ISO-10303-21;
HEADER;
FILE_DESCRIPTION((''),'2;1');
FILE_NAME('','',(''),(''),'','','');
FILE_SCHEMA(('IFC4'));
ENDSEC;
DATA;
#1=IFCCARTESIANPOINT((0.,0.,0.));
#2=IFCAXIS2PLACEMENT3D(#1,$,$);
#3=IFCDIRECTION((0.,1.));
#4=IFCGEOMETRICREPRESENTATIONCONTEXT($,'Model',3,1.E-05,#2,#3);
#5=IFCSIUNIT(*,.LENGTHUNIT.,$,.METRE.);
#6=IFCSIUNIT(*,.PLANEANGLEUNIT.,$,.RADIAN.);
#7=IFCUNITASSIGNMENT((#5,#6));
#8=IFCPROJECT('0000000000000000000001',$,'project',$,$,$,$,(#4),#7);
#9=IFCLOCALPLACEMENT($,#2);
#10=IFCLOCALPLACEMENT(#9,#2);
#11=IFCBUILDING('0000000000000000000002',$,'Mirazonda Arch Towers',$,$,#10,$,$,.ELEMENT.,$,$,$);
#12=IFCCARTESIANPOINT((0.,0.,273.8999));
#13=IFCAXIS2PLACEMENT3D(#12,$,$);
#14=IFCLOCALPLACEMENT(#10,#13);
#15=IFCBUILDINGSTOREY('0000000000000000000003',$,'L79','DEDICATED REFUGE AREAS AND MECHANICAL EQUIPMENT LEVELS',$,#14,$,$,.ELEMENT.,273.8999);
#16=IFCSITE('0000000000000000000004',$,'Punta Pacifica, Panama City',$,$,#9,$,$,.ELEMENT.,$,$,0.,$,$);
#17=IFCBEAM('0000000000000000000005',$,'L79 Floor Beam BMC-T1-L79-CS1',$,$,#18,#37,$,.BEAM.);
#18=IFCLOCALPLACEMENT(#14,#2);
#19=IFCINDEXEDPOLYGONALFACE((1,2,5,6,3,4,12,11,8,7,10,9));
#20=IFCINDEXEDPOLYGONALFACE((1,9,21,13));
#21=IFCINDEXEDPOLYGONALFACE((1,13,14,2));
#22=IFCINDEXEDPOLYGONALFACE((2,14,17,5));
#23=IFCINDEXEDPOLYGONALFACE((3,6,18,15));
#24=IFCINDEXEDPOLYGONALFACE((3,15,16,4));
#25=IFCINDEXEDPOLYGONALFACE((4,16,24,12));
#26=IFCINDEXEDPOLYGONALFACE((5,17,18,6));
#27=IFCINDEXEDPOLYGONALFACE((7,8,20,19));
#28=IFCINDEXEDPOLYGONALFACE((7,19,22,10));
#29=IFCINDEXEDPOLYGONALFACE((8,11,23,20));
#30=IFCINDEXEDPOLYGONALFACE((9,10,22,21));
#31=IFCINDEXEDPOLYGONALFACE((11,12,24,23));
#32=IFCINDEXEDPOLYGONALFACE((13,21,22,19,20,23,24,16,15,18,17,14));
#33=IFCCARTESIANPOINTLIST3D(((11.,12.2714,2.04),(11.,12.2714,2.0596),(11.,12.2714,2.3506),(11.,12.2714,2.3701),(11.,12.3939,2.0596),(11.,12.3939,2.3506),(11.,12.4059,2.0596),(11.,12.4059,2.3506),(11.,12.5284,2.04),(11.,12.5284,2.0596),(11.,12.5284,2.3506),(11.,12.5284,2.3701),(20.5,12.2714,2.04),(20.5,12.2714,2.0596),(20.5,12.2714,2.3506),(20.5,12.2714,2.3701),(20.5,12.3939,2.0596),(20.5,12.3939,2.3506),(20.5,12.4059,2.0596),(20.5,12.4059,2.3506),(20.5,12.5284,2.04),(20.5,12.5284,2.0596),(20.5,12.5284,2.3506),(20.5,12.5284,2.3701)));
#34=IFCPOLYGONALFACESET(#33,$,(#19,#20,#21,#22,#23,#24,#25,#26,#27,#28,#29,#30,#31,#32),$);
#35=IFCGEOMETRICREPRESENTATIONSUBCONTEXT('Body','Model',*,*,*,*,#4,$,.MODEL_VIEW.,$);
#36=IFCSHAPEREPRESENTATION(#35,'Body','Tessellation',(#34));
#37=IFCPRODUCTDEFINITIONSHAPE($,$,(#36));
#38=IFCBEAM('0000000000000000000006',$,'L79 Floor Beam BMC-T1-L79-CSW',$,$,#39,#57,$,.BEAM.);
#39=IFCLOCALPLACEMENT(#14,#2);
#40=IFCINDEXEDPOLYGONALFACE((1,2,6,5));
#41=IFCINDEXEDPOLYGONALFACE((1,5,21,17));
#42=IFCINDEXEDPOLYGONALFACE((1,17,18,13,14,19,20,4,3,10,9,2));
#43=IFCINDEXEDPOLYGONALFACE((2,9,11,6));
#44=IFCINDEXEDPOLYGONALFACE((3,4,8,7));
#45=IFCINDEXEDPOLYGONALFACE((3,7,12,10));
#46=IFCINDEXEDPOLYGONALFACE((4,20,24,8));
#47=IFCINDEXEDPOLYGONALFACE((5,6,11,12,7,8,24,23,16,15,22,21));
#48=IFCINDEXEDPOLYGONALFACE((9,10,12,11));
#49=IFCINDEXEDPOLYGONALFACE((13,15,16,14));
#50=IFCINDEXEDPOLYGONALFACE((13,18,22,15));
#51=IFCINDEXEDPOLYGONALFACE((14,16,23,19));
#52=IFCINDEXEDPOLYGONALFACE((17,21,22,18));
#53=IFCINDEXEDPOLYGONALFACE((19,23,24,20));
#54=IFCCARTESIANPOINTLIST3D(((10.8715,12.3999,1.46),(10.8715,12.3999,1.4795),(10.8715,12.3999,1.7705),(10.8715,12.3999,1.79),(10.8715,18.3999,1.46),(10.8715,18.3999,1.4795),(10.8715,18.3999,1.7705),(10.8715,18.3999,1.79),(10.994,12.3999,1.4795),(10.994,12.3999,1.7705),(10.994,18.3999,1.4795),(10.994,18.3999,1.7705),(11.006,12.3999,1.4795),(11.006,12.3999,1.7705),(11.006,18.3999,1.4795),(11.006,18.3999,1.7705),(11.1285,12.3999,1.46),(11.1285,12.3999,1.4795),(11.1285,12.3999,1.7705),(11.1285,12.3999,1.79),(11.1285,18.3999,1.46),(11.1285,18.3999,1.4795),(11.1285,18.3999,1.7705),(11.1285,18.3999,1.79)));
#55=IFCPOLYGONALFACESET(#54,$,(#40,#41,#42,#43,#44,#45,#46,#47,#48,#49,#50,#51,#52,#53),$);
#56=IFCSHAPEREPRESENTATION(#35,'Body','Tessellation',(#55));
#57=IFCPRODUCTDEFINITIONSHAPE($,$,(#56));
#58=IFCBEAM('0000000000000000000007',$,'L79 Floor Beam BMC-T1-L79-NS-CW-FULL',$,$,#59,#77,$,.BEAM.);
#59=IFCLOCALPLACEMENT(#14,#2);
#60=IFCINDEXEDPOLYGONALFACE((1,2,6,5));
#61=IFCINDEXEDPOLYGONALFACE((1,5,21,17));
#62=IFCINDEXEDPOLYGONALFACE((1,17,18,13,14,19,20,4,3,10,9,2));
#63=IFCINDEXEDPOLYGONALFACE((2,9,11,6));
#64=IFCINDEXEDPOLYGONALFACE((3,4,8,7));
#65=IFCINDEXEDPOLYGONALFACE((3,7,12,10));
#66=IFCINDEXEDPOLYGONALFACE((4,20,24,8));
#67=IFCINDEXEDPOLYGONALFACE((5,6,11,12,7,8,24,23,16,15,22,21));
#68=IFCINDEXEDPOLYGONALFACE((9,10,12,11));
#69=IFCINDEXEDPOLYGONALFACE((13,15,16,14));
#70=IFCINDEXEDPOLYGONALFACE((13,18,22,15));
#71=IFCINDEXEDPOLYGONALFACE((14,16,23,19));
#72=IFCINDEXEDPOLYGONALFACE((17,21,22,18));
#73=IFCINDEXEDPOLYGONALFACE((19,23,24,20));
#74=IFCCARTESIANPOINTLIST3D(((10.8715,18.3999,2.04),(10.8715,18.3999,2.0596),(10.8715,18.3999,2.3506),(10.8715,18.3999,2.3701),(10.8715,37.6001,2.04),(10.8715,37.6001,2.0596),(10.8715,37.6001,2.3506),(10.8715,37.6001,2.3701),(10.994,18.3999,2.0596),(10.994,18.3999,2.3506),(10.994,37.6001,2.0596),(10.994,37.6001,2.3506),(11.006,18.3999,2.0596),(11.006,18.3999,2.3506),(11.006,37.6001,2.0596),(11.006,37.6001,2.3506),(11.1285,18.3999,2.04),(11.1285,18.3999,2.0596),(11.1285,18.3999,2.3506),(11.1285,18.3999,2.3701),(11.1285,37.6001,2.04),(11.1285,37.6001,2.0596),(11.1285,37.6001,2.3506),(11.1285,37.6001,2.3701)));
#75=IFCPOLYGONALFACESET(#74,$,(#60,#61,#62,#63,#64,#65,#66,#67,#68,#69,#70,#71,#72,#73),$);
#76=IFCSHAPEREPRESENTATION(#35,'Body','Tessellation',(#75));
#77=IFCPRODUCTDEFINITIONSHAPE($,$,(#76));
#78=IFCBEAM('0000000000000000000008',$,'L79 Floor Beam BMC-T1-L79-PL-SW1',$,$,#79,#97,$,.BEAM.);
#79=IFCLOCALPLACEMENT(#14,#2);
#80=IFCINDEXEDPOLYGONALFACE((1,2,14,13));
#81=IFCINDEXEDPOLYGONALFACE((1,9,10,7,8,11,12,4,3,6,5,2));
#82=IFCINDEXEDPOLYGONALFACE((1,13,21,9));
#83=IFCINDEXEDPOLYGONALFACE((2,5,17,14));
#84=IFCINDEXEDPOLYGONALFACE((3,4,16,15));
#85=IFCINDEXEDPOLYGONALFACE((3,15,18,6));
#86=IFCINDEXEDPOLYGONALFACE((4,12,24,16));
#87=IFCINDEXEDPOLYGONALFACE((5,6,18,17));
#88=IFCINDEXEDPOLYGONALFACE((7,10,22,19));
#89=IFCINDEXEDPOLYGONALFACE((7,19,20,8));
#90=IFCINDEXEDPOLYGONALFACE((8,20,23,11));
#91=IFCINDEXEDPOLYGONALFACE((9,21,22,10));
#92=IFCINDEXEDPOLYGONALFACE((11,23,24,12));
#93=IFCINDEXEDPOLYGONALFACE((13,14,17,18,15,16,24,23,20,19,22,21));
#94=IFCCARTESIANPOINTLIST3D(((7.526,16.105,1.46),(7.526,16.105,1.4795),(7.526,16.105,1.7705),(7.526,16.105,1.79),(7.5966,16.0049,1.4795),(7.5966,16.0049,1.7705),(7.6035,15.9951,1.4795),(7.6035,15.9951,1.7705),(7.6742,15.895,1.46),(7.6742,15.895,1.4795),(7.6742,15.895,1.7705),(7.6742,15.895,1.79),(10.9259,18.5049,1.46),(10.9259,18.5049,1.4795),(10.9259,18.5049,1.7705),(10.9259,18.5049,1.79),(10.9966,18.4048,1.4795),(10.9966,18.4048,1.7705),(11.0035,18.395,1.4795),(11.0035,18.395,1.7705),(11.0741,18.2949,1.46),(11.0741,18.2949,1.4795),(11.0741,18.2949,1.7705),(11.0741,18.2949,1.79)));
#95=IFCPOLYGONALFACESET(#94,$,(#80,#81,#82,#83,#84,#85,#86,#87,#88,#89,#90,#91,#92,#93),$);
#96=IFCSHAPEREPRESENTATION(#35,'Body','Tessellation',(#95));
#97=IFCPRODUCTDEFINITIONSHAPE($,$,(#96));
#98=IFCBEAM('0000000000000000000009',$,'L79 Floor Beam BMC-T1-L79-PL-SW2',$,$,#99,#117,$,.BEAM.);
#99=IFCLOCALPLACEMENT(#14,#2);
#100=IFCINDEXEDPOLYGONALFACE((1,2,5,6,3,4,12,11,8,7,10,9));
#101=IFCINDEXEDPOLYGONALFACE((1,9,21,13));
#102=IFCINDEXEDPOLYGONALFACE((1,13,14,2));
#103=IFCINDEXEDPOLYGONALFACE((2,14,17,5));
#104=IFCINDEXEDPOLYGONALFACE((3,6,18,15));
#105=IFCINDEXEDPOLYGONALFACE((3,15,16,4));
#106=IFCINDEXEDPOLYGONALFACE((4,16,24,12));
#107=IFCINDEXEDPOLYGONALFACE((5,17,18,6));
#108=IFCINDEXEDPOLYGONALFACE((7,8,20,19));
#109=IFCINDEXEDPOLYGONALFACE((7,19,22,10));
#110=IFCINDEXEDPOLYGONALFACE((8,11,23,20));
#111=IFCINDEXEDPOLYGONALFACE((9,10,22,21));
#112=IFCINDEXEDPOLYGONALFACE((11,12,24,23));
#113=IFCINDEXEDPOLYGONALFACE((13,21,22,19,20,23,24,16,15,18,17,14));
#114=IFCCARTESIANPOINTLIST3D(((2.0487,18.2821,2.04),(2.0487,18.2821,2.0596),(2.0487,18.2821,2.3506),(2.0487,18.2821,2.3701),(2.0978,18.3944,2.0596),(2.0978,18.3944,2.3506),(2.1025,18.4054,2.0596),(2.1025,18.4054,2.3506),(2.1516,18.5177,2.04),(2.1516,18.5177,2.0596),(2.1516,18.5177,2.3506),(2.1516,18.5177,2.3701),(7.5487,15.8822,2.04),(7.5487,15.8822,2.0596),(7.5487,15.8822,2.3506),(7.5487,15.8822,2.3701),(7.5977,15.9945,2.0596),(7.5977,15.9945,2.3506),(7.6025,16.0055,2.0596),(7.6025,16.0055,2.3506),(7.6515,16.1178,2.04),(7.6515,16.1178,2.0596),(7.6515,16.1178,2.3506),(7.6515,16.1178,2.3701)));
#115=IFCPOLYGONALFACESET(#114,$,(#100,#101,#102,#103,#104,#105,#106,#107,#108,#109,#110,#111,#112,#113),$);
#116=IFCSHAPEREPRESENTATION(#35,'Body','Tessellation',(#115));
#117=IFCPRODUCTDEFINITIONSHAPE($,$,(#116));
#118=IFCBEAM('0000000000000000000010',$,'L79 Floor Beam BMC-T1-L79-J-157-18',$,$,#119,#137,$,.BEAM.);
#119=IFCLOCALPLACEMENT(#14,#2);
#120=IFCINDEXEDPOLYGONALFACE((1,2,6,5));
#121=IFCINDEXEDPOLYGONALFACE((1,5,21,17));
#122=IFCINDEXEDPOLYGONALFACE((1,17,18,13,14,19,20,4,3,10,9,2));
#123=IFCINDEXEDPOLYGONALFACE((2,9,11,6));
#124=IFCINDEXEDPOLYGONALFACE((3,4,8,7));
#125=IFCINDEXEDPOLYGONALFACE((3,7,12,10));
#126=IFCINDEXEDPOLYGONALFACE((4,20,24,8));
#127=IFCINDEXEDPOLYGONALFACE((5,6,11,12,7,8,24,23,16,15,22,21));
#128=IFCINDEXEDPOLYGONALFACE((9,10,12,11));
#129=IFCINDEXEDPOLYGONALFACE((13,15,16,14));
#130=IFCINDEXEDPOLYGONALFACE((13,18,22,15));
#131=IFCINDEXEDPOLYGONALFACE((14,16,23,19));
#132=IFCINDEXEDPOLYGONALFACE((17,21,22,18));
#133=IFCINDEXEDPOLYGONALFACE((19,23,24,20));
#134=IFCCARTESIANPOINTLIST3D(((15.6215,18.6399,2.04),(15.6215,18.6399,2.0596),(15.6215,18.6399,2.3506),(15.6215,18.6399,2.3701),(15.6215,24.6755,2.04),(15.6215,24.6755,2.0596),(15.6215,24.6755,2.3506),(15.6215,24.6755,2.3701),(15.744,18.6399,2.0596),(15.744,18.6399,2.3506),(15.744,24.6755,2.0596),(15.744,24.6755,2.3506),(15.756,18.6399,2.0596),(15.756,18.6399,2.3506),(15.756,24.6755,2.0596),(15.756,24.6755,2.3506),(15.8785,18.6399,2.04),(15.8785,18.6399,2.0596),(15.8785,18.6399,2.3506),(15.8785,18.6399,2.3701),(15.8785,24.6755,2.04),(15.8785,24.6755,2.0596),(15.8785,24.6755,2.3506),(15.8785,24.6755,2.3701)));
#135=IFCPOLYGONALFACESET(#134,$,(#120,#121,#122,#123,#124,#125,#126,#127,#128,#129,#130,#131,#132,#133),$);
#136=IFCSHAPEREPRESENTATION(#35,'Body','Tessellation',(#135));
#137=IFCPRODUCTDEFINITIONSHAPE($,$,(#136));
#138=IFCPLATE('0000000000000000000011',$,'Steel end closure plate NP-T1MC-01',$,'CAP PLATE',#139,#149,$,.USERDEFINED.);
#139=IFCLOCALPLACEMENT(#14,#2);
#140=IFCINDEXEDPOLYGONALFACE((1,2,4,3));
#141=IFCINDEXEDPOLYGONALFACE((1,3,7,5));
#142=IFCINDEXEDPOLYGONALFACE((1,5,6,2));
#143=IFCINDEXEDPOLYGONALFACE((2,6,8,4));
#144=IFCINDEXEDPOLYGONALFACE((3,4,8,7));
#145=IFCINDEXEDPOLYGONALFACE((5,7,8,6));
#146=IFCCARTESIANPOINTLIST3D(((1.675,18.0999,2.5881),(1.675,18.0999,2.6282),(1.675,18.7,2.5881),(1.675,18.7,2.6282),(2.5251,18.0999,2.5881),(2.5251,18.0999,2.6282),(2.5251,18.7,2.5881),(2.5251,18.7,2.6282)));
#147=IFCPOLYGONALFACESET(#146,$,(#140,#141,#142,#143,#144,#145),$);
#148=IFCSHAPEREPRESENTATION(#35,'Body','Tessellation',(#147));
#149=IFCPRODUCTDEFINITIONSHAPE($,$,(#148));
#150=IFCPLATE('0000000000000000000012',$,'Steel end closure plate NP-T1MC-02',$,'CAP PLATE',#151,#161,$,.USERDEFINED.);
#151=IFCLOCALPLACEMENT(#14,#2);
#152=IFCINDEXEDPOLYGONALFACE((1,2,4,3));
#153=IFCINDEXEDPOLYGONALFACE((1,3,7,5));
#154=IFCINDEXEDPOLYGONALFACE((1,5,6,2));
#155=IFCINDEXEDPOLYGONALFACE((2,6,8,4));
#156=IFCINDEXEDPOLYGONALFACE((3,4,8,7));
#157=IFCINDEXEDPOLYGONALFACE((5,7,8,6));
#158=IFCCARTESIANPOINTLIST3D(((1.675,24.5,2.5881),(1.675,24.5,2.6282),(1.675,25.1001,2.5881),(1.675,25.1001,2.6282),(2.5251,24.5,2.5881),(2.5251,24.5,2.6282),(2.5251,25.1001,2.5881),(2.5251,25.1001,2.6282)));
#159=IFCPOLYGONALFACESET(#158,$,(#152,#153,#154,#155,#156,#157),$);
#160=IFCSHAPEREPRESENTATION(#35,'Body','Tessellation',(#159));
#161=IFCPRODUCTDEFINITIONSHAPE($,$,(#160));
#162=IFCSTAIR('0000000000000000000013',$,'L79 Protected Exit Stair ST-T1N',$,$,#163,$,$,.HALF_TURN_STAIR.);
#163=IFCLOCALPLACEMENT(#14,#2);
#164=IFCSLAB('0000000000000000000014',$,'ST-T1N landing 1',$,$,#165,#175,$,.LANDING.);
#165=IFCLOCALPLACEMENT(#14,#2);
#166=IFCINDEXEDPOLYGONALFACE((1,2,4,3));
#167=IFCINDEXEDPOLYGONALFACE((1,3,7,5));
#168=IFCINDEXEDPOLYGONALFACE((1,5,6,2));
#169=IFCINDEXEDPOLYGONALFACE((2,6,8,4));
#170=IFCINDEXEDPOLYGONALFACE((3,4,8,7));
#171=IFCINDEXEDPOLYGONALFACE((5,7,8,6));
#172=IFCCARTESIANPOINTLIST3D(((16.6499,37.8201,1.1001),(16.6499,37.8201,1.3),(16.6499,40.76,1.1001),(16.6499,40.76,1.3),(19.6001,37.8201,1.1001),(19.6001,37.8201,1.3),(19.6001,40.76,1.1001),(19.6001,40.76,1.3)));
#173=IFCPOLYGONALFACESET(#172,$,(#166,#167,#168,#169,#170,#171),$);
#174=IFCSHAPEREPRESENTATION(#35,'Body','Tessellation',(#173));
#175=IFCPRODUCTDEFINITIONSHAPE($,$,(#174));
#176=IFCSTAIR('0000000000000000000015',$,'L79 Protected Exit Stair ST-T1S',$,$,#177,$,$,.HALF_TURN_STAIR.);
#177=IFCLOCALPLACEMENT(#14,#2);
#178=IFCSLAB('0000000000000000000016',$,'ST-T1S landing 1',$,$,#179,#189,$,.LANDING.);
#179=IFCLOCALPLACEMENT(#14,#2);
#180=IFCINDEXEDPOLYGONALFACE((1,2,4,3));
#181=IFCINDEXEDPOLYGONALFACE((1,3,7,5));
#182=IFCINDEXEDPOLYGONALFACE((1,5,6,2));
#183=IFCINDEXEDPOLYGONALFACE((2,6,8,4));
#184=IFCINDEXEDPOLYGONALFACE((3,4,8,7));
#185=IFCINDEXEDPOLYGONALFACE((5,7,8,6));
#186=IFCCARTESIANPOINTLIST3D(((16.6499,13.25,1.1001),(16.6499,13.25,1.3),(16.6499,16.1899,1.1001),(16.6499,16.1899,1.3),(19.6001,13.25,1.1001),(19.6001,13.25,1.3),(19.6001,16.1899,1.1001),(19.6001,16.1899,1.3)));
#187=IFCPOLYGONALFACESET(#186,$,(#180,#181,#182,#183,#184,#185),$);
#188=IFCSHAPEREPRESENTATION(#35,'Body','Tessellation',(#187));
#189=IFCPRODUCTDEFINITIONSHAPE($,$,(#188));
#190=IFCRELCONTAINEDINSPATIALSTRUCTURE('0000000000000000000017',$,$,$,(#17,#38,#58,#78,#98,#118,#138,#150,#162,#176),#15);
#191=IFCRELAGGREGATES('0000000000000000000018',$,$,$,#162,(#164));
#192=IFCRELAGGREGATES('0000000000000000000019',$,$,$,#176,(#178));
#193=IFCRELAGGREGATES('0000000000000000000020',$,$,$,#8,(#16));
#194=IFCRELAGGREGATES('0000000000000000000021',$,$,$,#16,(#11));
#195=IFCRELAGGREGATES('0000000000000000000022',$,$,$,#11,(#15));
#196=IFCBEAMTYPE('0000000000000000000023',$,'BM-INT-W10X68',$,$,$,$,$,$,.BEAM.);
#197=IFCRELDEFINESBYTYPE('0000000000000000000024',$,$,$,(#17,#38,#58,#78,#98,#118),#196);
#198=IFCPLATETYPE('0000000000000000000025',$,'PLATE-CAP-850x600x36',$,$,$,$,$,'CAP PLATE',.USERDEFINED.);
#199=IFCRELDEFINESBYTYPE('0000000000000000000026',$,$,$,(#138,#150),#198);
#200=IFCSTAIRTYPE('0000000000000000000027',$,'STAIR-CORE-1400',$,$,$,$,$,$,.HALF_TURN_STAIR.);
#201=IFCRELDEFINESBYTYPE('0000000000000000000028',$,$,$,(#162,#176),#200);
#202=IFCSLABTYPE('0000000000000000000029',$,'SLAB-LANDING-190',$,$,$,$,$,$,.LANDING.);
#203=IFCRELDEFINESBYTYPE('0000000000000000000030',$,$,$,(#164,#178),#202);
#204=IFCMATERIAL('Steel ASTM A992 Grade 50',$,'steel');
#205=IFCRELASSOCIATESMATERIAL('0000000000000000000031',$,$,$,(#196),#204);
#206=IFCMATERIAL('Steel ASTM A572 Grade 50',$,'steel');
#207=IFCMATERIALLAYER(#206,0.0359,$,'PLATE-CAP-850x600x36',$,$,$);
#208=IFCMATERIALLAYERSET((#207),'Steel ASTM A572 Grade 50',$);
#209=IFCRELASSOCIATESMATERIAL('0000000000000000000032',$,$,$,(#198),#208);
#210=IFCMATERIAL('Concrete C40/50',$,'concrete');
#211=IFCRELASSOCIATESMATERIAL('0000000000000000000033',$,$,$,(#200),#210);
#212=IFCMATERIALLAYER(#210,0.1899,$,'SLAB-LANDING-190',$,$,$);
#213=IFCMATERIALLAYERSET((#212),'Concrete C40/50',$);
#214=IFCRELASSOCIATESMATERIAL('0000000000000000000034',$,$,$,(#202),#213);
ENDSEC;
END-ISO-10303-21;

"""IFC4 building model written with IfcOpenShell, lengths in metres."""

from ifc_helpers import new_model, si_unit, direction, frame, origin, origin_2d, place, context, subcontext, project, spatial, polyline, rectangle, i_section, outline, extrude, material, layer, layer_set, material_profile, profile_set, type_object, element, aggregate, save


model = new_model("IFC4")

# Units and contexts
model_context = context("Model", 3, precision=1e-05, world=origin(), true_north=direction((0.0, 1.0)))
body_context = subcontext(model_context, "Body", "Model", "MODEL_VIEW")
ifc_project = project(units=[si_unit("LENGTHUNIT", "METRE"), si_unit("PLANEANGLEUNIT", "RADIAN")], contexts=[model_context])

# Site, building, storey
site_placement = place(None, origin())
site = spatial("IfcSite", under=ifc_project, at=site_placement, Name="Punta Pacifica, Panama City", CompositionType="ELEMENT", RefElevation=0.0)
building_placement = place(site_placement, origin())
building = spatial("IfcBuilding", under=site, at=building_placement, Name="Mirazonda Arch Towers", CompositionType="ELEMENT")
storey_placement = place(building_placement, frame((0.0, 0.0, 273.8999)))
storey = spatial("IfcBuildingStorey", under=building, at=storey_placement, Name="L79", Description="DEDICATED REFUGE AREAS AND MECHANICAL EQUIPMENT LEVELS", CompositionType="ELEMENT", Elevation=273.8999)

# Shared definitions
ifc_material_1 = material(Name="Steel ASTM A572 Grade 50", Category="steel")

# Beams
ifc_material_2 = material(Name="Steel ASTM A992 Grade 50", Category="steel")
ifc_material_profile_1 = material_profile(ifc_material_2, i_section(OverallWidth=0.2571, OverallDepth=0.3301, WebThickness=0.012, FlangeThickness=0.0195, at=origin_2d()), Name="W10X68")
ifc_profile_set_1 = profile_set([ifc_material_profile_1], Name="Steel ASTM A992 Grade 50")
beam_type_1 = type_object("IfcBeamType", Name="BM-INT-W10X68", PredefinedType="BEAM", material=ifc_profile_set_1)
beam_1_placement = place(storey_placement, frame((11.0, 12.3999, 2.2051), z_axis=(1.0, 0.0, 0.0), x_axis=(0.0, 1.0, 0.0)))
element("IfcBeam", 1, at=beam_1_placement, inside=storey, type_object=beam_type_1, Name="L79 Floor Beam BMC-T1-L79-CS1", PredefinedType="BEAM", context=body_context, shape_type="SweptSolid", body=[
    extrude(i_section(OverallWidth=0.2571, OverallDepth=0.3301, WebThickness=0.012, FlangeThickness=0.0195, at=origin_2d()), origin(), (0.0, 0.0, 1.0), 9.5),
])
beam_2_placement = place(storey_placement, frame((11.0, 12.3999, 1.625), z_axis=(0.0, 1.0, 0.0), x_axis=(-1.0, 0.0, 0.0)))
element("IfcBeam", 2, at=beam_2_placement, inside=storey, type_object=beam_type_1, Name="L79 Floor Beam BMC-T1-L79-CSW", PredefinedType="BEAM", context=body_context, shape_type="SweptSolid", body=[
    extrude(i_section(OverallWidth=0.2571, OverallDepth=0.3301, WebThickness=0.012, FlangeThickness=0.0195, at=origin_2d()), origin(), (0.0, 0.0, 1.0), 6.0),
])
beam_3_placement = place(storey_placement, frame((11.0, 18.3999, 2.2051), z_axis=(0.0, 1.0, 0.0), x_axis=(-1.0, 0.0, 0.0)))
element("IfcBeam", 3, at=beam_3_placement, inside=storey, type_object=beam_type_1, Name="L79 Floor Beam BMC-T1-L79-NS-CW-FULL", PredefinedType="BEAM", context=body_context, shape_type="SweptSolid", body=[
    extrude(i_section(OverallWidth=0.2571, OverallDepth=0.3301, WebThickness=0.012, FlangeThickness=0.0195, at=origin_2d()), origin(), (0.0, 0.0, 1.0), 19.2002),
])
beam_4_placement = place(storey_placement, frame((7.6001, 16.0, 1.625), z_axis=(0.816971, 0.576679, 0.0), x_axis=(-0.576679, 0.816971, 0.0)))
element("IfcBeam", 4, at=beam_4_placement, inside=storey, type_object=beam_type_1, Name="L79 Floor Beam BMC-T1-L79-PL-SW1", PredefinedType="BEAM", context=body_context, shape_type="SweptSolid", body=[
    extrude(i_section(OverallWidth=0.2571, OverallDepth=0.3301, WebThickness=0.012, FlangeThickness=0.0195, at=origin_2d()), origin(), (0.0, 0.0, 1.0), 4.1616),
])
beam_5_placement = place(storey_placement, frame((7.6001, 16.0, 2.2051), z_axis=(-0.916545, 0.399931, 0.0), x_axis=(-0.399931, -0.916545, 0.0)))
element("IfcBeam", 5, at=beam_5_placement, inside=storey, type_object=beam_type_1, Name="L79 Floor Beam BMC-T1-L79-PL-SW2", PredefinedType="BEAM", context=body_context, shape_type="SweptSolid", body=[
    extrude(i_section(OverallWidth=0.2571, OverallDepth=0.3301, WebThickness=0.012, FlangeThickness=0.0195, at=origin_2d()), origin(), (0.0, 0.0, 1.0), 6.0007),
])
beam_6_placement = place(storey_placement, frame((15.75, 18.6399, 2.2051), z_axis=(0.0, 1.0, 0.0), x_axis=(-1.0, 0.0, 0.0)))
element("IfcBeam", 6, at=beam_6_placement, inside=storey, type_object=beam_type_1, Name="L79 Floor Beam BMC-T1-L79-J-157-18", PredefinedType="BEAM", context=body_context, shape_type="SweptSolid", body=[
    extrude(i_section(OverallWidth=0.2571, OverallDepth=0.3301, WebThickness=0.012, FlangeThickness=0.0195, at=origin_2d()), origin(), (0.0, 0.0, 1.0), 6.0356),
])

# Plates
ifc_layer_1 = layer(ifc_material_1, 0.0359, Name="PLATE-CAP-850x600x36")
ifc_layer_set_1 = layer_set([ifc_layer_1], Name="Steel ASTM A572 Grade 50")
plate_type = type_object("IfcPlateType", Name="PLATE-CAP-850x600x36", ElementType="CAP PLATE", PredefinedType="USERDEFINED", material=ifc_layer_set_1)
for number, where, z_axis, x_axis, name in (
    (7, (2.1001, 18.3999, 2.5881), (0.0, 0.0, 1.0), (1.0, 0.0, 0.0), "Steel end closure plate NP-T1MC-01"),
    (8, (2.1001, 24.8, 2.5881), (0.0, 0.0, 1.0), (1.0, 0.0, 0.0), "Steel end closure plate NP-T1MC-02"),
):
    element("IfcPlate", number, at=place(storey_placement, frame(where, z_axis=z_axis, x_axis=x_axis)), inside=storey, type_object=plate_type, Name=name, ObjectType="CAP PLATE", PredefinedType="USERDEFINED", context=body_context, shape_type="SweptSolid", body=[
        extrude(rectangle(XDim=0.8501, YDim=0.6001, at=origin_2d()), origin(), (0.0, 0.0, 1.0), 0.04),
    ])

# Stairs, slabs
ifc_material_3 = material(Name="Concrete C40/50", Category="concrete")
stair_type = type_object("IfcStairType", Name="STAIR-CORE-1400", PredefinedType="HALF_TURN_STAIR", material=ifc_material_3)
stair_1_placement = place(storey_placement, origin())
stair_1 = element("IfcStair", 9, at=stair_1_placement, inside=storey, type_object=stair_type, Name="L79 Protected Exit Stair ST-T1N", PredefinedType="HALF_TURN_STAIR")
ifc_layer_2 = layer(ifc_material_3, 0.1899, Name="SLAB-LANDING-190")
ifc_layer_set_2 = layer_set([ifc_layer_2], Name="Concrete C40/50")
slab_type_1 = type_object("IfcSlabType", Name="SLAB-LANDING-190", PredefinedType="LANDING", material=ifc_layer_set_2)
slab_1_placement = place(storey_placement, frame((0.0, 0.0, 1.1001)))
slab_1 = element("IfcSlab", 10, at=slab_1_placement, type_object=slab_type_1, Name="ST-T1N landing 1", PredefinedType="LANDING", context=body_context, shape_type="SweptSolid", body=[
    extrude(outline(polyline([(16.6499, 37.8201), (19.6001, 37.8201), (19.6001, 40.76), (16.6499, 40.76), (16.6499, 37.8201)])), origin(), (0.0, 0.0, 1.0), 0.2),
])
aggregate(stair_1, [slab_1])
stair_2_placement = place(storey_placement, origin())
stair_2 = element("IfcStair", 11, at=stair_2_placement, inside=storey, type_object=stair_type, Name="L79 Protected Exit Stair ST-T1S", PredefinedType="HALF_TURN_STAIR")
slab_2_placement = place(storey_placement, frame((0.0, 0.0, 1.1001)))
slab_2 = element("IfcSlab", 12, at=slab_2_placement, type_object=slab_type_1, Name="ST-T1S landing 1", PredefinedType="LANDING", context=body_context, shape_type="SweptSolid", body=[
    extrude(outline(polyline([(16.6499, 13.25), (19.6001, 13.25), (19.6001, 16.1899), (16.6499, 16.1899), (16.6499, 13.25)])), origin(), (0.0, 0.0, 1.0), 0.2),
])

aggregate(stair_2, [slab_2])

save(model, "model.ifc")
